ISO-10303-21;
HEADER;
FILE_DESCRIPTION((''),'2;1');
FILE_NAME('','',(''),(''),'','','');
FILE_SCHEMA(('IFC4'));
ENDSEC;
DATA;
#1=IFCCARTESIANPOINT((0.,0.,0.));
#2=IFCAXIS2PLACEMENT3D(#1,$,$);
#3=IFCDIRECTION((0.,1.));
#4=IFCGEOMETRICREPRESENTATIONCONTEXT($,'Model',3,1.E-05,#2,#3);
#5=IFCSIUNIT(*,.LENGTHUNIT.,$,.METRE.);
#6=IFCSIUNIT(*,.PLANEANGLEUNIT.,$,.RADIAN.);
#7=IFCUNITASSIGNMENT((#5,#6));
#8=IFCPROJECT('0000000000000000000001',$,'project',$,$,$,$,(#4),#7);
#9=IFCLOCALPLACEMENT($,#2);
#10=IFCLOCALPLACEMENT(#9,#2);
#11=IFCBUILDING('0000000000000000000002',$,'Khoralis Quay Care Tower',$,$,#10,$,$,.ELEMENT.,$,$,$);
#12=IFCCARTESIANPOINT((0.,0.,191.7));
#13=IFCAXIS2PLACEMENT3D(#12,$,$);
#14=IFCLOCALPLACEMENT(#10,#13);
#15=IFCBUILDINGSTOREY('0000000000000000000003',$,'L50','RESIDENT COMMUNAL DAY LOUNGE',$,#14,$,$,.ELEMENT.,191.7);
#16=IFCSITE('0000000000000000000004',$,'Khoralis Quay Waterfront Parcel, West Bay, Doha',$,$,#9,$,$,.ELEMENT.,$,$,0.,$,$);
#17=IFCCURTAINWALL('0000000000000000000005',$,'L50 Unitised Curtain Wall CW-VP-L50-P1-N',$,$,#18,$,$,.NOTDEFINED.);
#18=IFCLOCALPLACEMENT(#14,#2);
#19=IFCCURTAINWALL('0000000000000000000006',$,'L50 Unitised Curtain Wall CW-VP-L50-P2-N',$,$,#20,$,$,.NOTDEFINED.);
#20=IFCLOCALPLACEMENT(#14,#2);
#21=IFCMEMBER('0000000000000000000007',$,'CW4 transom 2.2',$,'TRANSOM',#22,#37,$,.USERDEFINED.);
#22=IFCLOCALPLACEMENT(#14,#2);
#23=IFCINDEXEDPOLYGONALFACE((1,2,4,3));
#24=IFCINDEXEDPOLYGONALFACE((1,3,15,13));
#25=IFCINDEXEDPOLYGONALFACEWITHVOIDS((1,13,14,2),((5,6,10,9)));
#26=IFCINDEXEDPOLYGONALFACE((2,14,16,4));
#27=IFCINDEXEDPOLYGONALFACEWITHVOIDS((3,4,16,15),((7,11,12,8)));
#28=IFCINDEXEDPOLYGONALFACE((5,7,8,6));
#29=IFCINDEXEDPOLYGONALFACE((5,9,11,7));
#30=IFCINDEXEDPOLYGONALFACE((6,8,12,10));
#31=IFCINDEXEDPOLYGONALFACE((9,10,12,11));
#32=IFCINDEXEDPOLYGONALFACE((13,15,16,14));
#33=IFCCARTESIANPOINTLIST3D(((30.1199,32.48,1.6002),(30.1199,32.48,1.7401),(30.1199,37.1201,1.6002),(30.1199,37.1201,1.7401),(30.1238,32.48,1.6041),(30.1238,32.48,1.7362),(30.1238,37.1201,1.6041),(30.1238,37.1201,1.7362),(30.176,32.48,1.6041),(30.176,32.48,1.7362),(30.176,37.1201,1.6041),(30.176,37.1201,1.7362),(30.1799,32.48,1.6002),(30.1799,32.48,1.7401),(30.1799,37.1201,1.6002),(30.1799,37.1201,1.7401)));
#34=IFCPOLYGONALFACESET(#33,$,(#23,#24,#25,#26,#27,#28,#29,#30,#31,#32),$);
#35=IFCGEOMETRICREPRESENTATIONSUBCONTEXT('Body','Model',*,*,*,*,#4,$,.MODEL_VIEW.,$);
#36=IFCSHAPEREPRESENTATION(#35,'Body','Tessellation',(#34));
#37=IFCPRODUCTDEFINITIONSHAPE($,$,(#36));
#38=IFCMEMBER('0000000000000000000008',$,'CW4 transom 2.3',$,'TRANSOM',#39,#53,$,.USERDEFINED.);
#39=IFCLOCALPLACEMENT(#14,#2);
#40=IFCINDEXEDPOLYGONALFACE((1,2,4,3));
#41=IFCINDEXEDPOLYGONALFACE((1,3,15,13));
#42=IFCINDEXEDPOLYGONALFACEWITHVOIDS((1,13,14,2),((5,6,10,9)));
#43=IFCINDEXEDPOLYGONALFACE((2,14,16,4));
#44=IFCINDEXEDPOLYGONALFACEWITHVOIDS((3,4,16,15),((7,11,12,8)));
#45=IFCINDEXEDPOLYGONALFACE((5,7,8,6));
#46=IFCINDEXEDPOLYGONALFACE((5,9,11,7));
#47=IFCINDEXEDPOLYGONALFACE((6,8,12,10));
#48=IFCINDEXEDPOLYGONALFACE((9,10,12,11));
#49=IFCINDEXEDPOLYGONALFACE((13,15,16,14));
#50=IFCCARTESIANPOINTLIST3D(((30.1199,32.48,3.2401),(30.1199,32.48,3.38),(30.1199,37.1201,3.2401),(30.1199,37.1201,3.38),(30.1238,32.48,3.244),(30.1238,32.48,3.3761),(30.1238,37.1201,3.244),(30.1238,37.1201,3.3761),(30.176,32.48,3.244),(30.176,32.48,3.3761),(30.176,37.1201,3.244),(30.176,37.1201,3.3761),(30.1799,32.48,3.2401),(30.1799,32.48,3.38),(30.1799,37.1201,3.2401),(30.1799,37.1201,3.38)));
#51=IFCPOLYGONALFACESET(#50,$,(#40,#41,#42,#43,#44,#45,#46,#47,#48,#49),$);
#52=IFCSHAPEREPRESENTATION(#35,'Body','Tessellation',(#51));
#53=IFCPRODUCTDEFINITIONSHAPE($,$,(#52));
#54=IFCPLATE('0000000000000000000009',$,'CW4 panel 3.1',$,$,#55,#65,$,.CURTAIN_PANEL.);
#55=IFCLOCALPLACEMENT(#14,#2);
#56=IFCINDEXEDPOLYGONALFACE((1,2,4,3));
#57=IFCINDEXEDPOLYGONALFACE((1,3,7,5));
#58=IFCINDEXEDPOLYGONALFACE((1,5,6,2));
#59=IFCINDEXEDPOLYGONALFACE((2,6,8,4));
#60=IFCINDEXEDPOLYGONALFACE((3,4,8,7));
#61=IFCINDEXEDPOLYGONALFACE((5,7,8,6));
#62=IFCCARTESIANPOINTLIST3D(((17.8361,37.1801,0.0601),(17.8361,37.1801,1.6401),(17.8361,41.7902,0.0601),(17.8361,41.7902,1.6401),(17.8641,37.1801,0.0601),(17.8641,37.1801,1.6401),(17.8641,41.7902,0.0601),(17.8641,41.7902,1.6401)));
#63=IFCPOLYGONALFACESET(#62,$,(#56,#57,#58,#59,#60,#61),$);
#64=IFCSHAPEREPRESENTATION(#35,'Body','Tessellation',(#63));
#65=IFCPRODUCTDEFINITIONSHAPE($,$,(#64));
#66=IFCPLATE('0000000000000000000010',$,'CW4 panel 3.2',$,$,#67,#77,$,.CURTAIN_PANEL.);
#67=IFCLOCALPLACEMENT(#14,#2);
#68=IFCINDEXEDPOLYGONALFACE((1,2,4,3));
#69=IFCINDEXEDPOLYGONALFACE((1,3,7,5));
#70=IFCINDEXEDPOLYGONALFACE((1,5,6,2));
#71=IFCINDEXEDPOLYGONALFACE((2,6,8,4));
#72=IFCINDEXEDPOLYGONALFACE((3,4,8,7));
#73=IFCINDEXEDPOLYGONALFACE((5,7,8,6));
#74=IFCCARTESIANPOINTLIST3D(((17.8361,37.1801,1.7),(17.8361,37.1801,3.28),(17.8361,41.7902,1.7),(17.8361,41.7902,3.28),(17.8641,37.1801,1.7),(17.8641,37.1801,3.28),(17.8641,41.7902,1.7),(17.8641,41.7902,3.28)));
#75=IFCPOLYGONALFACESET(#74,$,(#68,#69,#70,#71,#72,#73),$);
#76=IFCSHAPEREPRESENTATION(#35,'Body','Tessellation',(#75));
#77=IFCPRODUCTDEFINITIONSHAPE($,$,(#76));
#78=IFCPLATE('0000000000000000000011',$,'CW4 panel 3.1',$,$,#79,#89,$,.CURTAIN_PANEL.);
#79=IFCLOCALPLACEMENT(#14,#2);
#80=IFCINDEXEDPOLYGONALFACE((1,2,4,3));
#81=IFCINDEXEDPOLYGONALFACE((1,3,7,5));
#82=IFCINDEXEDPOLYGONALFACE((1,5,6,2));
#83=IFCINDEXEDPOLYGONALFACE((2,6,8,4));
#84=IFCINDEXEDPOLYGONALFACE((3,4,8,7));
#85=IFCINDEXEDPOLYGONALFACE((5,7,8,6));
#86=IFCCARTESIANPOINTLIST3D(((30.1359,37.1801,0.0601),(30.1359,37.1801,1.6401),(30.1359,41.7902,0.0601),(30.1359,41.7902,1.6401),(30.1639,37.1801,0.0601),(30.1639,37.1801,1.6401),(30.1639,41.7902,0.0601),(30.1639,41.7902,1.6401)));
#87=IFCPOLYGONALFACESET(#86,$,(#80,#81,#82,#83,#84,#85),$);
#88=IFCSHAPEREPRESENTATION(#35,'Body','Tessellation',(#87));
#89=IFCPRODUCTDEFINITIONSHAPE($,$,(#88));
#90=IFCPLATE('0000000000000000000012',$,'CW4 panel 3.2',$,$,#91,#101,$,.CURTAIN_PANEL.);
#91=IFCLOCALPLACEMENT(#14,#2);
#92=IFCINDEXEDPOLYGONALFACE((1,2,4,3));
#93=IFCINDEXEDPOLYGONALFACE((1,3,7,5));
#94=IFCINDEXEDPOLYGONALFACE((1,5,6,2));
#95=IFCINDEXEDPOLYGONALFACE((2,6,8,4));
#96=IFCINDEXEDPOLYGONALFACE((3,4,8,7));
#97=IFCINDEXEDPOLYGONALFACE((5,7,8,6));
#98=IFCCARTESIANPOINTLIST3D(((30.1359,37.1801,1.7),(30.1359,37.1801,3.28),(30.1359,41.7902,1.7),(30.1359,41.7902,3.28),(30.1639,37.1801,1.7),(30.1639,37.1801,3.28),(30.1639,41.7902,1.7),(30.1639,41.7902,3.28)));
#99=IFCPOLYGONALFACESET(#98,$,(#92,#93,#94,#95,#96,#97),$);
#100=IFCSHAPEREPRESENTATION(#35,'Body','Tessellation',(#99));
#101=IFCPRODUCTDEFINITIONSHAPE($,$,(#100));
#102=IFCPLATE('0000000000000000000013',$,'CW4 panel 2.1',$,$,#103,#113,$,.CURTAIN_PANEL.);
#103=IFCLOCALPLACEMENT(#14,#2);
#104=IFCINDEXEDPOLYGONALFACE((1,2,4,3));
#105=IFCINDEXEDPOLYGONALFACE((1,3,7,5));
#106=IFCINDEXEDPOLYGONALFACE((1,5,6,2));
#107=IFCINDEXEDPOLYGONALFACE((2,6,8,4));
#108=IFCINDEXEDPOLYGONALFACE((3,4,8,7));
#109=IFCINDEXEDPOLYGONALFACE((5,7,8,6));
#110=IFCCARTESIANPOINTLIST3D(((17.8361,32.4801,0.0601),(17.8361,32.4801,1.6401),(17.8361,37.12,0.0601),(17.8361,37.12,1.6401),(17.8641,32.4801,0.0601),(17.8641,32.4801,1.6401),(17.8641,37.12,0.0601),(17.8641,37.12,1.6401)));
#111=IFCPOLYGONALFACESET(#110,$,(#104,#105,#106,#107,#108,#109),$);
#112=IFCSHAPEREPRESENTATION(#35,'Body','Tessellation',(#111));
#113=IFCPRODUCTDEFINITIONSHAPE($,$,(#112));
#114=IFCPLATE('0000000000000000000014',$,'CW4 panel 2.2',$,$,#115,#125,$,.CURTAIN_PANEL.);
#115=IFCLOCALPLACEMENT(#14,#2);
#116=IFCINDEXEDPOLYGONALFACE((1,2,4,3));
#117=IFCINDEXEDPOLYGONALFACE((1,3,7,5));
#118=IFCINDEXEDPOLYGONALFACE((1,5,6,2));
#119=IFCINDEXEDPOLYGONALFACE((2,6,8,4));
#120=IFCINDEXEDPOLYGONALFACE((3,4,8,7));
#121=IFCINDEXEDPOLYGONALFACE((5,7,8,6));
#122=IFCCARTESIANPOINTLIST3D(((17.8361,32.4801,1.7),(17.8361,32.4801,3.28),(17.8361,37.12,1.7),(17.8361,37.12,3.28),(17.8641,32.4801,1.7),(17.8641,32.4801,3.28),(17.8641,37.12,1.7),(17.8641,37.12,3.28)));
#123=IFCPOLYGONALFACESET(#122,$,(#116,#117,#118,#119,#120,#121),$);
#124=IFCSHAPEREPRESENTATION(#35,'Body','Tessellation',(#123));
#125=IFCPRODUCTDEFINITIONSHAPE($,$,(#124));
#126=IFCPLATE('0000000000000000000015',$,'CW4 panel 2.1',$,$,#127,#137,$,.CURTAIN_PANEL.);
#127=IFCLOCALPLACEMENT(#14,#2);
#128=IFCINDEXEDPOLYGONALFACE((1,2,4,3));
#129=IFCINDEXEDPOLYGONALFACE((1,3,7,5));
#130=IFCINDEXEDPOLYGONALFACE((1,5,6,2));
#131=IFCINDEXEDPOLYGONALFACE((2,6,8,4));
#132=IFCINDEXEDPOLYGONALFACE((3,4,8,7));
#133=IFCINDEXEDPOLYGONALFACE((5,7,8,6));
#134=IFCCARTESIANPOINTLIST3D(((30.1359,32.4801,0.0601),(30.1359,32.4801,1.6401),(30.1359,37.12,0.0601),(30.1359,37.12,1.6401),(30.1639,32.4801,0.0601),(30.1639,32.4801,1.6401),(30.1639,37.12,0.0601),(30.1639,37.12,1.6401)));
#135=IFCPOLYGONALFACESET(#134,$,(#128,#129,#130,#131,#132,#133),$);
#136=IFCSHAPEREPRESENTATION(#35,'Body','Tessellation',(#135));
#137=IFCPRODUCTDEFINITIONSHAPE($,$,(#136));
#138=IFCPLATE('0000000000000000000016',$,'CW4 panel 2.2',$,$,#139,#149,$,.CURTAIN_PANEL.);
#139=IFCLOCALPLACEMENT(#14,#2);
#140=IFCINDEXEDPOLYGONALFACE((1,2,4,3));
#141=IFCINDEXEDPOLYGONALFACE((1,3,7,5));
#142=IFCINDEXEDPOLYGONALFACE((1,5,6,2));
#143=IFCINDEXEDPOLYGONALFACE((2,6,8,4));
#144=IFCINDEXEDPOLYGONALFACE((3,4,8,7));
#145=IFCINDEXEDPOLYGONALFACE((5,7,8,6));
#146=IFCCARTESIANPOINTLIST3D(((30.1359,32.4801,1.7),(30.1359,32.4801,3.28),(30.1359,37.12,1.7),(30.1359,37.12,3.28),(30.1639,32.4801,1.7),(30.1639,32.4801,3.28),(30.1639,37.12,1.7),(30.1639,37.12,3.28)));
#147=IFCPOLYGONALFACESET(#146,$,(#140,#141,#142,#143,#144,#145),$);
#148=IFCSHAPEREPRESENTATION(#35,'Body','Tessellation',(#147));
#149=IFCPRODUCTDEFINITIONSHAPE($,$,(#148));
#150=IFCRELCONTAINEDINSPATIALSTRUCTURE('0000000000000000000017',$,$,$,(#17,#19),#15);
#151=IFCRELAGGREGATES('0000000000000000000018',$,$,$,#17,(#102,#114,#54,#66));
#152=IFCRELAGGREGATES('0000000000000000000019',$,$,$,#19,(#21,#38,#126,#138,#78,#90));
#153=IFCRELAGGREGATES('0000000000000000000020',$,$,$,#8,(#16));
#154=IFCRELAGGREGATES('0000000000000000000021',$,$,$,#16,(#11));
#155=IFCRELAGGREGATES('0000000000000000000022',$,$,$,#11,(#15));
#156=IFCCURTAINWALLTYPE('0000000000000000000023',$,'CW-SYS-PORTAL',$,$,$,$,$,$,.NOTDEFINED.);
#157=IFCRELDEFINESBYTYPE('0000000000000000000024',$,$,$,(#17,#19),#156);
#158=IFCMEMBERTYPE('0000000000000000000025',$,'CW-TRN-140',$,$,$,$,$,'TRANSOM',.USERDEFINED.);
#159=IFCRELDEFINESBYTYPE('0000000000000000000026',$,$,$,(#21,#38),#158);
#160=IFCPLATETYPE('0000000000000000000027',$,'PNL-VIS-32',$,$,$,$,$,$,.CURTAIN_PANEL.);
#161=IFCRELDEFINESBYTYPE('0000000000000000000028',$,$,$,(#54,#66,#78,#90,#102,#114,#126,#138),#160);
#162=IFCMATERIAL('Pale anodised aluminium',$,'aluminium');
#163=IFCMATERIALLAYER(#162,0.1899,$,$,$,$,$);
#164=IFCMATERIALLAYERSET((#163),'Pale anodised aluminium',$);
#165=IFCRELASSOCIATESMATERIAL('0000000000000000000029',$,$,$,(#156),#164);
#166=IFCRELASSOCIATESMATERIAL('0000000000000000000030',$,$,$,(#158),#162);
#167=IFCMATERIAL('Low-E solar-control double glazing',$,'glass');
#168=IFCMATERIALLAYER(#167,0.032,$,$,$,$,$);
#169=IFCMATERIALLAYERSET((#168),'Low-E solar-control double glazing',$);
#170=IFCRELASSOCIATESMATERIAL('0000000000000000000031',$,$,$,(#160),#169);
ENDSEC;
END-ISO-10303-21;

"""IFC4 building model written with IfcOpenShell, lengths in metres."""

from ifc_helpers import new_model, si_unit, direction, frame, origin, origin_2d, place, context, subcontext, project, spatial, rectangle, hollow_rectangle, extrude, source, transform, mapped, material, layer, layer_set, material_profile, profile_set, type_object, element, aggregate, save


model = new_model("IFC4")

# Units and contexts
model_context = context("Model", 3, precision=1e-05, world=origin(), true_north=direction((0.0, 1.0)))
body_context = subcontext(model_context, "Body", "Model", "MODEL_VIEW")
ifc_project = project(units=[si_unit("LENGTHUNIT", "METRE"), si_unit("PLANEANGLEUNIT", "RADIAN")], contexts=[model_context])

# Site, building, storey
site_placement = place(None, origin())
site = spatial("IfcSite", under=ifc_project, at=site_placement, Name="Khoralis Quay Waterfront Parcel, West Bay, Doha", CompositionType="ELEMENT", RefElevation=0.0)
building_placement = place(site_placement, origin())
building = spatial("IfcBuilding", under=site, at=building_placement, Name="Khoralis Quay Care Tower", CompositionType="ELEMENT")
storey_placement = place(building_placement, frame((0.0, 0.0, 191.7)))
storey = spatial("IfcBuildingStorey", under=building, at=storey_placement, Name="L50", Description="RESIDENT COMMUNAL DAY LOUNGE", CompositionType="ELEMENT", Elevation=191.7)

# Curtain walls
ifc_material_1 = material(Name="Pale anodised aluminium", Category="aluminium")
ifc_layer_1 = layer(ifc_material_1, 0.1899)
ifc_layer_set_1 = layer_set([ifc_layer_1], Name="Pale anodised aluminium")
curtain_wall_type = type_object("IfcCurtainWallType", Name="CW-SYS-PORTAL", PredefinedType="NOTDEFINED", material=ifc_layer_set_1)
curtain_wall_1_placement = place(storey_placement, origin())
curtain_wall_1 = element("IfcCurtainWall", 1, at=curtain_wall_1_placement, inside=storey, type_object=curtain_wall_type, Name="L50 Unitised Curtain Wall CW-VP-L50-P1-N", PredefinedType="NOTDEFINED")
curtain_wall_2_placement = place(storey_placement, origin())
curtain_wall_2 = element("IfcCurtainWall", 2, at=curtain_wall_2_placement, inside=storey, type_object=curtain_wall_type, Name="L50 Unitised Curtain Wall CW-VP-L50-P2-N", PredefinedType="NOTDEFINED")

# Members
ifc_material_profile_1 = material_profile(ifc_material_1, hollow_rectangle(XDim=0.0601, YDim=0.1399, WallThickness=0.0039, at=origin_2d()), Name="Pale anodised aluminium")
ifc_profile_set_1 = profile_set([ifc_material_profile_1], Name="Pale anodised aluminium")
member_type_1 = type_object("IfcMemberType", Name="CW-TRN-140", ElementType="TRANSOM", PredefinedType="USERDEFINED", material=ifc_profile_set_1)
shared_shape_1 = source(origin(), body_context, "Body", "SweptSolid", [
    extrude(hollow_rectangle(XDim=0.0601, YDim=0.1399, WallThickness=0.0039, at=origin_2d()), origin(), (0.0, 0.0, 1.0), 4.6401),
])
member_1_placement = place(storey_placement, frame((30.1499, 32.48, 1.6702), z_axis=(0.0, 1.0, 0.0), x_axis=(-1.0, 0.0, 0.0)))
member_1 = element("IfcMember", 3, at=member_1_placement, type_object=member_type_1, Name="CW4 transom 2.2", ObjectType="TRANSOM", PredefinedType="USERDEFINED", context=body_context, shape_type="MappedRepresentation", body=[
    mapped(shared_shape_1, transform((0.0, 0.0, 0.0), scale=1.0)),
])
member_2_placement = place(storey_placement, frame((30.1499, 32.48, 3.3101), z_axis=(0.0, 1.0, 0.0), x_axis=(-1.0, 0.0, 0.0)))
member_2 = element("IfcMember", 4, at=member_2_placement, type_object=member_type_1, Name="CW4 transom 2.3", ObjectType="TRANSOM", PredefinedType="USERDEFINED", context=body_context, shape_type="MappedRepresentation", body=[
    mapped(shared_shape_1, transform((0.0, 0.0, 0.0), scale=1.0)),
])

# Plates
ifc_material_2 = material(Name="Low-E solar-control double glazing", Category="glass")
ifc_layer_2 = layer(ifc_material_2, 0.032)
ifc_layer_set_2 = layer_set([ifc_layer_2], Name="Low-E solar-control double glazing")
plate_type = type_object("IfcPlateType", Name="PNL-VIS-32", PredefinedType="CURTAIN_PANEL", material=ifc_layer_set_2)
shared_shape_2 = source(origin(), body_context, "Body", "SweptSolid", [
    extrude(rectangle(XDim=4.6101, YDim=0.0281, at=origin_2d()), origin(), (0.0, 0.0, 1.0), 1.5801),
])
plate_1_placement = place(storey_placement, frame((17.8501, 39.4851, 0.0601), z_axis=(0.0, 0.0, 1.0), x_axis=(0.0, 1.0, 0.0)))
plate_1 = element("IfcPlate", 5, at=plate_1_placement, type_object=plate_type, Name="CW4 panel 3.1", PredefinedType="CURTAIN_PANEL", context=body_context, shape_type="MappedRepresentation", body=[
    mapped(shared_shape_2, transform((0.0, 0.0, 0.0), scale=1.0)),
])
plate_2_placement = place(storey_placement, frame((17.8501, 39.4851, 1.7), z_axis=(0.0, 0.0, 1.0), x_axis=(0.0, 1.0, 0.0)))
plate_2 = element("IfcPlate", 6, at=plate_2_placement, type_object=plate_type, Name="CW4 panel 3.2", PredefinedType="CURTAIN_PANEL", context=body_context, shape_type="MappedRepresentation", body=[
    mapped(shared_shape_2, transform((0.0, 0.0, 0.0), scale=1.0)),
])
plate_3_placement = place(storey_placement, frame((30.1499, 39.4851, 0.0601), z_axis=(0.0, 0.0, 1.0), x_axis=(0.0, 1.0, 0.0)))
plate_3 = element("IfcPlate", 7, at=plate_3_placement, type_object=plate_type, Name="CW4 panel 3.1", PredefinedType="CURTAIN_PANEL", context=body_context, shape_type="MappedRepresentation", body=[
    mapped(shared_shape_2, transform((0.0, 0.0, 0.0), scale=1.0)),
])
plate_4_placement = place(storey_placement, frame((30.1499, 39.4851, 1.7), z_axis=(0.0, 0.0, 1.0), x_axis=(0.0, 1.0, 0.0)))
plate_4 = element("IfcPlate", 8, at=plate_4_placement, type_object=plate_type, Name="CW4 panel 3.2", PredefinedType="CURTAIN_PANEL", context=body_context, shape_type="MappedRepresentation", body=[
    mapped(shared_shape_2, transform((0.0, 0.0, 0.0), scale=1.0)),
])
shared_shape_3 = source(origin(), body_context, "Body", "SweptSolid", [
    extrude(rectangle(XDim=4.6399, YDim=0.0281, at=origin_2d()), origin(), (0.0, 0.0, 1.0), 1.5801),
])
plate_5_placement = place(storey_placement, frame((17.8501, 34.8, 0.0601), z_axis=(0.0, 0.0, 1.0), x_axis=(0.0, 1.0, 0.0)))
plate_5 = element("IfcPlate", 9, at=plate_5_placement, type_object=plate_type, Name="CW4 panel 2.1", PredefinedType="CURTAIN_PANEL", context=body_context, shape_type="MappedRepresentation", body=[
    mapped(shared_shape_3, transform((0.0, 0.0, 0.0), scale=1.0)),
])
plate_6_placement = place(storey_placement, frame((17.8501, 34.8, 1.7), z_axis=(0.0, 0.0, 1.0), x_axis=(0.0, 1.0, 0.0)))
plate_6 = element("IfcPlate", 10, at=plate_6_placement, type_object=plate_type, Name="CW4 panel 2.2", PredefinedType="CURTAIN_PANEL", context=body_context, shape_type="MappedRepresentation", body=[
    mapped(shared_shape_3, transform((0.0, 0.0, 0.0), scale=1.0)),
])
aggregate(curtain_wall_1, [plate_5, plate_6, plate_1, plate_2])
plate_7_placement = place(storey_placement, frame((30.1499, 34.8, 0.0601), z_axis=(0.0, 0.0, 1.0), x_axis=(0.0, 1.0, 0.0)))
plate_7 = element("IfcPlate", 11, at=plate_7_placement, type_object=plate_type, Name="CW4 panel 2.1", PredefinedType="CURTAIN_PANEL", context=body_context, shape_type="MappedRepresentation", body=[
    mapped(shared_shape_3, transform((0.0, 0.0, 0.0), scale=1.0)),
])
plate_8_placement = place(storey_placement, frame((30.1499, 34.8, 1.7), z_axis=(0.0, 0.0, 1.0), x_axis=(0.0, 1.0, 0.0)))
plate_8 = element("IfcPlate", 12, at=plate_8_placement, type_object=plate_type, Name="CW4 panel 2.2", PredefinedType="CURTAIN_PANEL", context=body_context, shape_type="MappedRepresentation", body=[
    mapped(shared_shape_3, transform((0.0, 0.0, 0.0), scale=1.0)),
])
aggregate(curtain_wall_2, [member_1, member_2, plate_7, plate_8, plate_3, plate_4])

save(model, "model.ifc")
